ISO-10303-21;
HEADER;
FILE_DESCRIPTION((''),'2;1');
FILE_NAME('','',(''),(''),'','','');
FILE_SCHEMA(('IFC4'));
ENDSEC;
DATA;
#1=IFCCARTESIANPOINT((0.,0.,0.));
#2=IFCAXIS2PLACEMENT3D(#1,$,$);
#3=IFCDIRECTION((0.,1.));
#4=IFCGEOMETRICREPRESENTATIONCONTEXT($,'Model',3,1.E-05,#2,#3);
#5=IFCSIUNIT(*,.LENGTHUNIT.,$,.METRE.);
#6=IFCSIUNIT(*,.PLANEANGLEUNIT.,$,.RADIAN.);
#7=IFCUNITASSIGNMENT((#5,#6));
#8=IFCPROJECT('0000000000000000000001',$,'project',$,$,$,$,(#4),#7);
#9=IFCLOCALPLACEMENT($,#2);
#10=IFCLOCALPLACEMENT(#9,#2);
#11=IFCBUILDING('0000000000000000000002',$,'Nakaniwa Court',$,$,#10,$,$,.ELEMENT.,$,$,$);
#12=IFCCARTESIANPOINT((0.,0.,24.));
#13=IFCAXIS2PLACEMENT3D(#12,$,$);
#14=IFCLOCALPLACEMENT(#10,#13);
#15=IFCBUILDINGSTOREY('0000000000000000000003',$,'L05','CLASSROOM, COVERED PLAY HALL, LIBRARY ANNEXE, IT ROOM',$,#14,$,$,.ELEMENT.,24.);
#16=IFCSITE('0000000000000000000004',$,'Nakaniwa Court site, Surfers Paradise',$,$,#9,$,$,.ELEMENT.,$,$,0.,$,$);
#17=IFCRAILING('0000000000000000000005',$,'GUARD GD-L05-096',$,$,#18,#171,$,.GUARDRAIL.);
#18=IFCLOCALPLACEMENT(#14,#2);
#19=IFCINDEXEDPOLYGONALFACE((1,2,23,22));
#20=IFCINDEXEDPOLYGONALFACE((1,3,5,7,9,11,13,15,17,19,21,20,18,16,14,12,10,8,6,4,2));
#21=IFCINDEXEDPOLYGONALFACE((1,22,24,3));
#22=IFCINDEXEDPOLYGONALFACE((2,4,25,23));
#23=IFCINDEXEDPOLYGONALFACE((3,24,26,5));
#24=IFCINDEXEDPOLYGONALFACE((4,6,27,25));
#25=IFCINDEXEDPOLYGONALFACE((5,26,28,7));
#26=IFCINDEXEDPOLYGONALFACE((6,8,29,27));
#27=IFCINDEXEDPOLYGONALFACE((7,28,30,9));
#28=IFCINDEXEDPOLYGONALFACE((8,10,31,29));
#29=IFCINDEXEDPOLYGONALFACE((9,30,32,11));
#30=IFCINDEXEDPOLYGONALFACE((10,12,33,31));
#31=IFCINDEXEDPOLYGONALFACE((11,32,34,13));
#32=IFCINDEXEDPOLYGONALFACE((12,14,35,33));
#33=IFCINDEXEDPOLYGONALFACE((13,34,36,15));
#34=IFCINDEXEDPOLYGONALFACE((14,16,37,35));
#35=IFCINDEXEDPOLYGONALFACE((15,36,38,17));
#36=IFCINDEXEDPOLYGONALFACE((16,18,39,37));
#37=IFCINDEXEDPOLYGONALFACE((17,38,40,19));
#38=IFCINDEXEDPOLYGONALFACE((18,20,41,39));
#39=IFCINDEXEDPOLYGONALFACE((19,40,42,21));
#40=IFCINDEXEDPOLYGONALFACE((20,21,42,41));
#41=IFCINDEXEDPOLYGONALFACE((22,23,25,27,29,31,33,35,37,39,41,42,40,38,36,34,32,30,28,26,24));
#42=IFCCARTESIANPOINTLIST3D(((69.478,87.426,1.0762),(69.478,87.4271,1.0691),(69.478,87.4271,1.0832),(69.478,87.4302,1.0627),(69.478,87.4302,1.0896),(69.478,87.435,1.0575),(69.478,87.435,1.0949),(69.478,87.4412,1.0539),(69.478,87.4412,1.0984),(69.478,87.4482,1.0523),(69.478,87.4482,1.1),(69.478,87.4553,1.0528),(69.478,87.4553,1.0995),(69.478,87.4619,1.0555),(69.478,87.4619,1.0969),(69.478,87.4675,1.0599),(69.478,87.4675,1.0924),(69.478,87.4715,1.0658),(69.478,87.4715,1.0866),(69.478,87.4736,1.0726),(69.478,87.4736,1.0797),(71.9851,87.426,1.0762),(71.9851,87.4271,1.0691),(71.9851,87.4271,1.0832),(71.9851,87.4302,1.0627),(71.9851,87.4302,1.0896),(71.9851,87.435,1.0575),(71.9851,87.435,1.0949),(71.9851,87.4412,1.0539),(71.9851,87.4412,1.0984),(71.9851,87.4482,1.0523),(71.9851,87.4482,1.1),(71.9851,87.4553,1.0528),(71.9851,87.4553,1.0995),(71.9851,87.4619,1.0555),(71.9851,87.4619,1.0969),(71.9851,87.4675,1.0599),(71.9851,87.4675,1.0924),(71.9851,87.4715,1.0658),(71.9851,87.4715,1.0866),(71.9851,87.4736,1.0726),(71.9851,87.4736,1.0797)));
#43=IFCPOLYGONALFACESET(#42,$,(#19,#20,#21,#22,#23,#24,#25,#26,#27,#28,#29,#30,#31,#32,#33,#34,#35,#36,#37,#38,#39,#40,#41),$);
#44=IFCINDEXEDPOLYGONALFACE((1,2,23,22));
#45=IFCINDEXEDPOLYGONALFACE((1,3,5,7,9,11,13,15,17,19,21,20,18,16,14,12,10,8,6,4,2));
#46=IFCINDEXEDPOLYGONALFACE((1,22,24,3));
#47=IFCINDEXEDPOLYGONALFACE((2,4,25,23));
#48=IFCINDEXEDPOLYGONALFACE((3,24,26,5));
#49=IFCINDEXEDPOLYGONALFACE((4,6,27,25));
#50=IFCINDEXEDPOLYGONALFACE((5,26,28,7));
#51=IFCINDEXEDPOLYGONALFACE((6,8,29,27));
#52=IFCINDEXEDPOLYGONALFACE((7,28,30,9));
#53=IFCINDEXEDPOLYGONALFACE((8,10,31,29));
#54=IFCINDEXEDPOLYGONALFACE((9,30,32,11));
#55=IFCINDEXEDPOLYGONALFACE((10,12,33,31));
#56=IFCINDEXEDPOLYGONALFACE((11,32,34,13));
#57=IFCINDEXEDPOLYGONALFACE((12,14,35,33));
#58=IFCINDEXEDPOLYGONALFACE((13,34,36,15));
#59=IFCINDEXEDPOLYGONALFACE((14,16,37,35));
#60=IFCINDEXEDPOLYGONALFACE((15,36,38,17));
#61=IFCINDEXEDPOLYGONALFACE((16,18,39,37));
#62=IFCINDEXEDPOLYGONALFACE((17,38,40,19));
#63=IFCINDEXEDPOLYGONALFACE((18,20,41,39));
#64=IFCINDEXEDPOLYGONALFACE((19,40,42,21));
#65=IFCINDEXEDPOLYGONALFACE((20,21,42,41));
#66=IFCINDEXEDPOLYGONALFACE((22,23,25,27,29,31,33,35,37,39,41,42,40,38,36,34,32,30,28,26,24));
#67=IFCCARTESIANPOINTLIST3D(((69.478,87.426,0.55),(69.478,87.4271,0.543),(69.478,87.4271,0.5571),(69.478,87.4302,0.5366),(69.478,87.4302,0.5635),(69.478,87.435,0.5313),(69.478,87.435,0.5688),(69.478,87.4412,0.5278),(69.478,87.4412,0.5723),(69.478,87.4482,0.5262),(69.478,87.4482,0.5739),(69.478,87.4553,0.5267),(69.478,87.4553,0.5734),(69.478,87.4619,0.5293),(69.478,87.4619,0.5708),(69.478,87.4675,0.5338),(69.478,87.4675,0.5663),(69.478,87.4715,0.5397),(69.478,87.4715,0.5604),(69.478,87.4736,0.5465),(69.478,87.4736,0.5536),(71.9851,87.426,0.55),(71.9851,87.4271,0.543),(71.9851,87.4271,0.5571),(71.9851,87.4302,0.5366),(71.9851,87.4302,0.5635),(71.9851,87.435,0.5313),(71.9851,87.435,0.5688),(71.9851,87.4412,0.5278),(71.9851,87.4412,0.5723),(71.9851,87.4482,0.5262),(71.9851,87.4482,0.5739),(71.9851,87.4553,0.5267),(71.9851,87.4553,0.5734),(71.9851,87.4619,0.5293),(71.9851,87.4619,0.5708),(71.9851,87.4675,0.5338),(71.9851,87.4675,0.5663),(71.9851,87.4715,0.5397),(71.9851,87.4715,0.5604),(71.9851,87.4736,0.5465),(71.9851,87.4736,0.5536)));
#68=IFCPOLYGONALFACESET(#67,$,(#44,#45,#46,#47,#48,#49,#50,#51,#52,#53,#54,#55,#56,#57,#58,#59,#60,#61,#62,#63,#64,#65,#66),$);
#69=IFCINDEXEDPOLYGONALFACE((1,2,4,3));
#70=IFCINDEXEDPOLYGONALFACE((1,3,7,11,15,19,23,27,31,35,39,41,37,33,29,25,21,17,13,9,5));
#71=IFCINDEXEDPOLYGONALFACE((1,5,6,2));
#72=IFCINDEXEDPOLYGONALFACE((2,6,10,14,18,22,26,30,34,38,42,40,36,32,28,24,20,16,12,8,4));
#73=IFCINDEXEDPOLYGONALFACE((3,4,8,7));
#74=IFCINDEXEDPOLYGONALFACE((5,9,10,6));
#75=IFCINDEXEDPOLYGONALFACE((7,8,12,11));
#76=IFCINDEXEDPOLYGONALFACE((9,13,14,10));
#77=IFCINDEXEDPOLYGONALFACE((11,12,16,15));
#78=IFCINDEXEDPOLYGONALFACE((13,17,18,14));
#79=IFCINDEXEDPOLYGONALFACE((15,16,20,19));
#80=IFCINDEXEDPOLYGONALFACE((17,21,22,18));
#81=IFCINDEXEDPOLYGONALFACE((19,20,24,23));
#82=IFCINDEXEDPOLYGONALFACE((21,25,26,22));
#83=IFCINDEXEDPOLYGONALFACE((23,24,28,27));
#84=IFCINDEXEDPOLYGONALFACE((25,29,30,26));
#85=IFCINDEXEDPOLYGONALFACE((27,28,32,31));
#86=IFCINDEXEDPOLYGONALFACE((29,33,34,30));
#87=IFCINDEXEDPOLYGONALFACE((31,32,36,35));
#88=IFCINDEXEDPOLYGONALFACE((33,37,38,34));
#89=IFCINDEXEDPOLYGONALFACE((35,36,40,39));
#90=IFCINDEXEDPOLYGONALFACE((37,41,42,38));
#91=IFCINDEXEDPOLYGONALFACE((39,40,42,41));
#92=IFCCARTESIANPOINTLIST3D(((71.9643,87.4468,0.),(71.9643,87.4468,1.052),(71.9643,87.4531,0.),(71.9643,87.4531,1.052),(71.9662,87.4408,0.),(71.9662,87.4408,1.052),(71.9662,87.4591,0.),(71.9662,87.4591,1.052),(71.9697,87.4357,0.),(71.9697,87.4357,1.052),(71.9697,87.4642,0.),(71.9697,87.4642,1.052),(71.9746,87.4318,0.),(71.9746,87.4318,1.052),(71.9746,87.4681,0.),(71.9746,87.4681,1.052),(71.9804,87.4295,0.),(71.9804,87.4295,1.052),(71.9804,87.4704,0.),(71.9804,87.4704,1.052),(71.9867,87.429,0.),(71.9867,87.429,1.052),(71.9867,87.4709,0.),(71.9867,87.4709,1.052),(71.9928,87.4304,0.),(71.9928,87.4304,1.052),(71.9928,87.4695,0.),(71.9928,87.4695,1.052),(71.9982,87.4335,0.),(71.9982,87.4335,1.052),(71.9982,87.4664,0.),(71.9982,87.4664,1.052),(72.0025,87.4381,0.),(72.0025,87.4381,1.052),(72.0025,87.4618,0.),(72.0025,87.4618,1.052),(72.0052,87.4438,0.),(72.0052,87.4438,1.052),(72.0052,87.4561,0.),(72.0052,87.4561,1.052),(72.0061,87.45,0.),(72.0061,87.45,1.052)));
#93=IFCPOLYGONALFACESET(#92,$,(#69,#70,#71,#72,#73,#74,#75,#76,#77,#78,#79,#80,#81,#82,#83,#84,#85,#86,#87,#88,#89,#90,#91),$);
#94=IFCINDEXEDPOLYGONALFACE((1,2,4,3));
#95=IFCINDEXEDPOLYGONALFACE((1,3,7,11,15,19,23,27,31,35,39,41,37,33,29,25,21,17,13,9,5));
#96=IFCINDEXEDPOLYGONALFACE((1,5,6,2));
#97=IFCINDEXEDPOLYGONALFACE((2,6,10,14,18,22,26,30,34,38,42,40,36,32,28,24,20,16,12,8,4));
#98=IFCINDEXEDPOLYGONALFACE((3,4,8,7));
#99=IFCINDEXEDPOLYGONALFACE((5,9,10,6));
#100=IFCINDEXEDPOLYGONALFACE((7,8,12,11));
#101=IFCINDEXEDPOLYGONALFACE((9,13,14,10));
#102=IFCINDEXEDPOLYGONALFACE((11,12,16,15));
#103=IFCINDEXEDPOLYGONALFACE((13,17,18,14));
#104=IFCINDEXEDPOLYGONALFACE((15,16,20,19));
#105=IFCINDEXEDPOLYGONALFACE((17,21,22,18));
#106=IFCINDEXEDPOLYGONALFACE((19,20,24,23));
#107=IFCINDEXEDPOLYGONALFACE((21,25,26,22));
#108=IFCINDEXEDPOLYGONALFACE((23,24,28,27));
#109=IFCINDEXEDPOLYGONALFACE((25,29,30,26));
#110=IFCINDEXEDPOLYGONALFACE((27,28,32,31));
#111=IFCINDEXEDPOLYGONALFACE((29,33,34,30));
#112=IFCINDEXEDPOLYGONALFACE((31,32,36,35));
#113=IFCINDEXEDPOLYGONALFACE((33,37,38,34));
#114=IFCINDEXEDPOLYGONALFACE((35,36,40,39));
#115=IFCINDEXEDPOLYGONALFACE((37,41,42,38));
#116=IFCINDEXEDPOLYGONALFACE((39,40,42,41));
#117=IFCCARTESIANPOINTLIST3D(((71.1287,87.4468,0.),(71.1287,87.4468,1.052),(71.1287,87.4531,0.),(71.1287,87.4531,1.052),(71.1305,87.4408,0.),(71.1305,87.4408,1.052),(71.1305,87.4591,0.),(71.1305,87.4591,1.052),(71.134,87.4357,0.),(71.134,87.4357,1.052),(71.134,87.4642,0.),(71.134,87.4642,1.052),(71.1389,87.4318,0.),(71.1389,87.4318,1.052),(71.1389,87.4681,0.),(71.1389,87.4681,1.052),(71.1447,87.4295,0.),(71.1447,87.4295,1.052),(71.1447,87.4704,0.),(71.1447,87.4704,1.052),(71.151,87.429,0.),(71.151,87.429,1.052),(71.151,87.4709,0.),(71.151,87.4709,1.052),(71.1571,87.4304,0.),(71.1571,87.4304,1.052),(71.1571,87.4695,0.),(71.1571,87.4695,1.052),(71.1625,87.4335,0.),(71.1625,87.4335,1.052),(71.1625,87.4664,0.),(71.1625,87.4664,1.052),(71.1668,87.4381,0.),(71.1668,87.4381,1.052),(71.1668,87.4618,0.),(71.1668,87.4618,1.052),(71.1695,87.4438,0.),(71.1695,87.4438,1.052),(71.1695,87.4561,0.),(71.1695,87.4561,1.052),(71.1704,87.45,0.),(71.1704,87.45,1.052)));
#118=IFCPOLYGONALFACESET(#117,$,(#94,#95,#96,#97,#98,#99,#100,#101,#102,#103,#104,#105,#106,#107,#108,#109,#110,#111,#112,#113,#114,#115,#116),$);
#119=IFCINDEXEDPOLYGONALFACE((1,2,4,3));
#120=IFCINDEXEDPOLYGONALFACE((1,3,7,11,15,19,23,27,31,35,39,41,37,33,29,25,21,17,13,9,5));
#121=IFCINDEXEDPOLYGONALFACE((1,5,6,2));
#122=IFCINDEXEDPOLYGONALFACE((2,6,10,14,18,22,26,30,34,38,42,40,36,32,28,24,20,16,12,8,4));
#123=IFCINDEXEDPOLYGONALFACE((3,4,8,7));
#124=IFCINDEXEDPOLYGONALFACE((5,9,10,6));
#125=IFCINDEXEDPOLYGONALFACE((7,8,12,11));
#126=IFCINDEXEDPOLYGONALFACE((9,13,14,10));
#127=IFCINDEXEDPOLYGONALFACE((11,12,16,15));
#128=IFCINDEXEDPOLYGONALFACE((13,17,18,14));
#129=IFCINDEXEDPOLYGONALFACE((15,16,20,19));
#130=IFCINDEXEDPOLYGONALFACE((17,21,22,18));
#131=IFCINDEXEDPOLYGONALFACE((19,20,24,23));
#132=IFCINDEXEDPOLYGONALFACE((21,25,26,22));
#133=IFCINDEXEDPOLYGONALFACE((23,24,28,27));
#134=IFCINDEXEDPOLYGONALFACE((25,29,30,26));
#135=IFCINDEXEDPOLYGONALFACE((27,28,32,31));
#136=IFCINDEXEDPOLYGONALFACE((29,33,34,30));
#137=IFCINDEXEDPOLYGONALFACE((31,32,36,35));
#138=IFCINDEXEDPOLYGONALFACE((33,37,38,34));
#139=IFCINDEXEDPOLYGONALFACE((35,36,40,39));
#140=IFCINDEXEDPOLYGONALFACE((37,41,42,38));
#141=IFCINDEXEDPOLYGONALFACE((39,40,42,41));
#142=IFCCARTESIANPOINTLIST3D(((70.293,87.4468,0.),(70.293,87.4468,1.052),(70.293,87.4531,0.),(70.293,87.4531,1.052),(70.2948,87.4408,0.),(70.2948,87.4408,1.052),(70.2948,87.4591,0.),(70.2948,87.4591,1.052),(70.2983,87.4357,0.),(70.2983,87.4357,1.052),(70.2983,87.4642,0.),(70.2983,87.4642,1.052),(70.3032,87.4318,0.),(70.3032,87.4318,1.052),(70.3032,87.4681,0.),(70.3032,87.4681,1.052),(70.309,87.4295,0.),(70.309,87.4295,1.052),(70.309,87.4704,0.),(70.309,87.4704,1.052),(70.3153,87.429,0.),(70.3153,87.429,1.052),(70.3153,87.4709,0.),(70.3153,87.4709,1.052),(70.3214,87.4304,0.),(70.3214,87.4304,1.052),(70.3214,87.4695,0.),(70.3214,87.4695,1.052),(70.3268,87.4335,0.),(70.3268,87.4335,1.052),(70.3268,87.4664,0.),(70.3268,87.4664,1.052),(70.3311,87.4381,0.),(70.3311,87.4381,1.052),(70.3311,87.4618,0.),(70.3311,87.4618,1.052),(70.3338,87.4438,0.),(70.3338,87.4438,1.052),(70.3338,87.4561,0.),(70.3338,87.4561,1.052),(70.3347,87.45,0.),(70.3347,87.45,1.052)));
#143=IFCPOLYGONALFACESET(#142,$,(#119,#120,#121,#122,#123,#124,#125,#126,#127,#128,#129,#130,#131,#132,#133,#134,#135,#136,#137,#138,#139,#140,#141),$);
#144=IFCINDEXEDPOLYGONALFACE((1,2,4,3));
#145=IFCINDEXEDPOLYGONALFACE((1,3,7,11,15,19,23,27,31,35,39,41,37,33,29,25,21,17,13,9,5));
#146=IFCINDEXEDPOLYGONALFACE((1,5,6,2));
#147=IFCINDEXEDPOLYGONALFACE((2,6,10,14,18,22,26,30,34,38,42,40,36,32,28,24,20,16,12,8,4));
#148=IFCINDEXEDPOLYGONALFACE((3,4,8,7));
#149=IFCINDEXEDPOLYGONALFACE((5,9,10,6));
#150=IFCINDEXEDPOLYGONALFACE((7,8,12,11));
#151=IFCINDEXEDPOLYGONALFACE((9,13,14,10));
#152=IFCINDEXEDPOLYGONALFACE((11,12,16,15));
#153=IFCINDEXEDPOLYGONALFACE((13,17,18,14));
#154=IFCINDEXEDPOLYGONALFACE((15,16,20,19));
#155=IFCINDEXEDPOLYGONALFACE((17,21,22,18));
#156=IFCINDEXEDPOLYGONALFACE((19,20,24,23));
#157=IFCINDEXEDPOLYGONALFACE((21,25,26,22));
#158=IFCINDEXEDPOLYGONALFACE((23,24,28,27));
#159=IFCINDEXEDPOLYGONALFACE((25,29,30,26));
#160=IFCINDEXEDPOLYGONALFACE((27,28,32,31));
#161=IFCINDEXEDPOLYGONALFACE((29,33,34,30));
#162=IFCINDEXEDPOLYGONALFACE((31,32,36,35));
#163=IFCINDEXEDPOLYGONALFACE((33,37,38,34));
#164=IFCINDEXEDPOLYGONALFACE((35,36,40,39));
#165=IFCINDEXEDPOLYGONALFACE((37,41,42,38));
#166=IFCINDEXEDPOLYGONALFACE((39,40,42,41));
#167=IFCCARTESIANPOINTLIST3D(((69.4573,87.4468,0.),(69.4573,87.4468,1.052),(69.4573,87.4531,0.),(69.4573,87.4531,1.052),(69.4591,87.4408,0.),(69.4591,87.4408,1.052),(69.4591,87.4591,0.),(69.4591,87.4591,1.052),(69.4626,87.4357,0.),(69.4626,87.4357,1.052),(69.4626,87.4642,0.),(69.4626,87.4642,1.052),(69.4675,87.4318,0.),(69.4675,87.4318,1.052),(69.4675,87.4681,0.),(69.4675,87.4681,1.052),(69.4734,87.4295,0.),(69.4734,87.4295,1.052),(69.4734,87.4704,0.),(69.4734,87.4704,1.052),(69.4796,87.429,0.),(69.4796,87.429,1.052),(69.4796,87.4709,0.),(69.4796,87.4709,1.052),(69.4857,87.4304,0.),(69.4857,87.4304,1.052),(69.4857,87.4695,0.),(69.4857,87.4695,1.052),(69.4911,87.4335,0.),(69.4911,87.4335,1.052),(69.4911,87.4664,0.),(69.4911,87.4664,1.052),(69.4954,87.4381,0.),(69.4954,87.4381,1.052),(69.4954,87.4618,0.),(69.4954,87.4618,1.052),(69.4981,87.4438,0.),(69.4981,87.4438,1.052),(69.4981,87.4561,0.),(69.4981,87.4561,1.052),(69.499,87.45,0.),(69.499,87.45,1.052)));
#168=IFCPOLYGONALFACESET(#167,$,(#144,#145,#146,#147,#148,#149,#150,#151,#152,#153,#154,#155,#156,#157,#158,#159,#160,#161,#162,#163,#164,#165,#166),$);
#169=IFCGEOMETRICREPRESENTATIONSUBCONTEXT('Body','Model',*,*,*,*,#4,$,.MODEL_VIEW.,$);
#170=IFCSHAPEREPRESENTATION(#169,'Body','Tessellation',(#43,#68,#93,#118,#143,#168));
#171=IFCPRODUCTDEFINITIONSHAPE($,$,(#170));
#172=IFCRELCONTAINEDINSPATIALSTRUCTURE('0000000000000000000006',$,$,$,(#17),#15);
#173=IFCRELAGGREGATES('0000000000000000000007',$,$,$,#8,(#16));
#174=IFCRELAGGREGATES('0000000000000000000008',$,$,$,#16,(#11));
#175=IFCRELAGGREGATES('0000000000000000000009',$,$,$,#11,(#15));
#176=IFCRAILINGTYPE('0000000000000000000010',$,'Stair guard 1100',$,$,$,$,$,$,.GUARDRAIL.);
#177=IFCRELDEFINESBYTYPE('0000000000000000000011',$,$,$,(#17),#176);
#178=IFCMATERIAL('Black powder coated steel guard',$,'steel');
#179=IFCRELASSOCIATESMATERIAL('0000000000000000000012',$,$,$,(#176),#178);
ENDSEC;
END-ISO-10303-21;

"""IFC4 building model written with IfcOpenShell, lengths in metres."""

from ifc_helpers import new_model, si_unit, direction, frame, origin, origin_2d, place, context, subcontext, project, spatial, circle, extrude, material, type_object, element, save


model = new_model("IFC4")

# Units and contexts
model_context = context("Model", 3, precision=1e-05, world=origin(), true_north=direction((0.0, 1.0)))
body_context = subcontext(model_context, "Body", "Model", "MODEL_VIEW")
ifc_project = project(units=[si_unit("LENGTHUNIT", "METRE"), si_unit("PLANEANGLEUNIT", "RADIAN")], contexts=[model_context])

# Site, building, storey
site_placement = place(None, origin())
site = spatial("IfcSite", under=ifc_project, at=site_placement, Name="Nakaniwa Court site, Surfers Paradise", CompositionType="ELEMENT", RefElevation=0.0)
building_placement = place(site_placement, origin())
building = spatial("IfcBuilding", under=site, at=building_placement, Name="Nakaniwa Court", CompositionType="ELEMENT")
storey_placement = place(building_placement, frame((0.0, 0.0, 24.0)))
storey = spatial("IfcBuildingStorey", under=building, at=storey_placement, Name="L05", Description="CLASSROOM, COVERED PLAY HALL, LIBRARY ANNEXE, IT ROOM", CompositionType="ELEMENT", Elevation=24.0)

# Railing
ifc_material_1 = material(Name="Black powder coated steel guard", Category="steel")
railing_type = type_object("IfcRailingType", Name="Stair guard 1100", PredefinedType="GUARDRAIL", material=ifc_material_1)
railing_1_placement = place(storey_placement, frame((71.9851, 87.45, 0.0)))
element("IfcRailing", 1, at=railing_1_placement, inside=storey, type_object=railing_type, Name="GUARD GD-L05-096", PredefinedType="GUARDRAIL", context=body_context, shape_type="SweptSolid", body=[
    extrude(circle(Radius=0.0239, at=origin_2d()), frame((0.0, 0.0, 1.0762), z_axis=(-1.0, 0.0, 0.0), x_axis=(0.0, -1.0, 0.0)), (0.0, 0.0, 1.0), 2.5071),
    extrude(circle(Radius=0.0239, at=origin_2d()), frame((0.0, 0.0, 0.55), z_axis=(-1.0, 0.0, 0.0), x_axis=(0.0, -1.0, 0.0)), (0.0, 0.0, 1.0), 2.5071),
    extrude(circle(Radius=0.021, at=origin_2d()), origin(), (0.0, 0.0, 1.0), 1.052),
    extrude(circle(Radius=0.021, at=origin_2d()), frame((-0.8357, 0.0, 0.0)), (0.0, 0.0, 1.0), 1.052),
    extrude(circle(Radius=0.021, at=origin_2d()), frame((-1.6714, 0.0, 0.0)), (0.0, 0.0, 1.0), 1.052),
    extrude(circle(Radius=0.021, at=origin_2d()), frame((-2.5071, 0.0, 0.0)), (0.0, 0.0, 1.0), 1.052),
])

save(model, "model.ifc")
